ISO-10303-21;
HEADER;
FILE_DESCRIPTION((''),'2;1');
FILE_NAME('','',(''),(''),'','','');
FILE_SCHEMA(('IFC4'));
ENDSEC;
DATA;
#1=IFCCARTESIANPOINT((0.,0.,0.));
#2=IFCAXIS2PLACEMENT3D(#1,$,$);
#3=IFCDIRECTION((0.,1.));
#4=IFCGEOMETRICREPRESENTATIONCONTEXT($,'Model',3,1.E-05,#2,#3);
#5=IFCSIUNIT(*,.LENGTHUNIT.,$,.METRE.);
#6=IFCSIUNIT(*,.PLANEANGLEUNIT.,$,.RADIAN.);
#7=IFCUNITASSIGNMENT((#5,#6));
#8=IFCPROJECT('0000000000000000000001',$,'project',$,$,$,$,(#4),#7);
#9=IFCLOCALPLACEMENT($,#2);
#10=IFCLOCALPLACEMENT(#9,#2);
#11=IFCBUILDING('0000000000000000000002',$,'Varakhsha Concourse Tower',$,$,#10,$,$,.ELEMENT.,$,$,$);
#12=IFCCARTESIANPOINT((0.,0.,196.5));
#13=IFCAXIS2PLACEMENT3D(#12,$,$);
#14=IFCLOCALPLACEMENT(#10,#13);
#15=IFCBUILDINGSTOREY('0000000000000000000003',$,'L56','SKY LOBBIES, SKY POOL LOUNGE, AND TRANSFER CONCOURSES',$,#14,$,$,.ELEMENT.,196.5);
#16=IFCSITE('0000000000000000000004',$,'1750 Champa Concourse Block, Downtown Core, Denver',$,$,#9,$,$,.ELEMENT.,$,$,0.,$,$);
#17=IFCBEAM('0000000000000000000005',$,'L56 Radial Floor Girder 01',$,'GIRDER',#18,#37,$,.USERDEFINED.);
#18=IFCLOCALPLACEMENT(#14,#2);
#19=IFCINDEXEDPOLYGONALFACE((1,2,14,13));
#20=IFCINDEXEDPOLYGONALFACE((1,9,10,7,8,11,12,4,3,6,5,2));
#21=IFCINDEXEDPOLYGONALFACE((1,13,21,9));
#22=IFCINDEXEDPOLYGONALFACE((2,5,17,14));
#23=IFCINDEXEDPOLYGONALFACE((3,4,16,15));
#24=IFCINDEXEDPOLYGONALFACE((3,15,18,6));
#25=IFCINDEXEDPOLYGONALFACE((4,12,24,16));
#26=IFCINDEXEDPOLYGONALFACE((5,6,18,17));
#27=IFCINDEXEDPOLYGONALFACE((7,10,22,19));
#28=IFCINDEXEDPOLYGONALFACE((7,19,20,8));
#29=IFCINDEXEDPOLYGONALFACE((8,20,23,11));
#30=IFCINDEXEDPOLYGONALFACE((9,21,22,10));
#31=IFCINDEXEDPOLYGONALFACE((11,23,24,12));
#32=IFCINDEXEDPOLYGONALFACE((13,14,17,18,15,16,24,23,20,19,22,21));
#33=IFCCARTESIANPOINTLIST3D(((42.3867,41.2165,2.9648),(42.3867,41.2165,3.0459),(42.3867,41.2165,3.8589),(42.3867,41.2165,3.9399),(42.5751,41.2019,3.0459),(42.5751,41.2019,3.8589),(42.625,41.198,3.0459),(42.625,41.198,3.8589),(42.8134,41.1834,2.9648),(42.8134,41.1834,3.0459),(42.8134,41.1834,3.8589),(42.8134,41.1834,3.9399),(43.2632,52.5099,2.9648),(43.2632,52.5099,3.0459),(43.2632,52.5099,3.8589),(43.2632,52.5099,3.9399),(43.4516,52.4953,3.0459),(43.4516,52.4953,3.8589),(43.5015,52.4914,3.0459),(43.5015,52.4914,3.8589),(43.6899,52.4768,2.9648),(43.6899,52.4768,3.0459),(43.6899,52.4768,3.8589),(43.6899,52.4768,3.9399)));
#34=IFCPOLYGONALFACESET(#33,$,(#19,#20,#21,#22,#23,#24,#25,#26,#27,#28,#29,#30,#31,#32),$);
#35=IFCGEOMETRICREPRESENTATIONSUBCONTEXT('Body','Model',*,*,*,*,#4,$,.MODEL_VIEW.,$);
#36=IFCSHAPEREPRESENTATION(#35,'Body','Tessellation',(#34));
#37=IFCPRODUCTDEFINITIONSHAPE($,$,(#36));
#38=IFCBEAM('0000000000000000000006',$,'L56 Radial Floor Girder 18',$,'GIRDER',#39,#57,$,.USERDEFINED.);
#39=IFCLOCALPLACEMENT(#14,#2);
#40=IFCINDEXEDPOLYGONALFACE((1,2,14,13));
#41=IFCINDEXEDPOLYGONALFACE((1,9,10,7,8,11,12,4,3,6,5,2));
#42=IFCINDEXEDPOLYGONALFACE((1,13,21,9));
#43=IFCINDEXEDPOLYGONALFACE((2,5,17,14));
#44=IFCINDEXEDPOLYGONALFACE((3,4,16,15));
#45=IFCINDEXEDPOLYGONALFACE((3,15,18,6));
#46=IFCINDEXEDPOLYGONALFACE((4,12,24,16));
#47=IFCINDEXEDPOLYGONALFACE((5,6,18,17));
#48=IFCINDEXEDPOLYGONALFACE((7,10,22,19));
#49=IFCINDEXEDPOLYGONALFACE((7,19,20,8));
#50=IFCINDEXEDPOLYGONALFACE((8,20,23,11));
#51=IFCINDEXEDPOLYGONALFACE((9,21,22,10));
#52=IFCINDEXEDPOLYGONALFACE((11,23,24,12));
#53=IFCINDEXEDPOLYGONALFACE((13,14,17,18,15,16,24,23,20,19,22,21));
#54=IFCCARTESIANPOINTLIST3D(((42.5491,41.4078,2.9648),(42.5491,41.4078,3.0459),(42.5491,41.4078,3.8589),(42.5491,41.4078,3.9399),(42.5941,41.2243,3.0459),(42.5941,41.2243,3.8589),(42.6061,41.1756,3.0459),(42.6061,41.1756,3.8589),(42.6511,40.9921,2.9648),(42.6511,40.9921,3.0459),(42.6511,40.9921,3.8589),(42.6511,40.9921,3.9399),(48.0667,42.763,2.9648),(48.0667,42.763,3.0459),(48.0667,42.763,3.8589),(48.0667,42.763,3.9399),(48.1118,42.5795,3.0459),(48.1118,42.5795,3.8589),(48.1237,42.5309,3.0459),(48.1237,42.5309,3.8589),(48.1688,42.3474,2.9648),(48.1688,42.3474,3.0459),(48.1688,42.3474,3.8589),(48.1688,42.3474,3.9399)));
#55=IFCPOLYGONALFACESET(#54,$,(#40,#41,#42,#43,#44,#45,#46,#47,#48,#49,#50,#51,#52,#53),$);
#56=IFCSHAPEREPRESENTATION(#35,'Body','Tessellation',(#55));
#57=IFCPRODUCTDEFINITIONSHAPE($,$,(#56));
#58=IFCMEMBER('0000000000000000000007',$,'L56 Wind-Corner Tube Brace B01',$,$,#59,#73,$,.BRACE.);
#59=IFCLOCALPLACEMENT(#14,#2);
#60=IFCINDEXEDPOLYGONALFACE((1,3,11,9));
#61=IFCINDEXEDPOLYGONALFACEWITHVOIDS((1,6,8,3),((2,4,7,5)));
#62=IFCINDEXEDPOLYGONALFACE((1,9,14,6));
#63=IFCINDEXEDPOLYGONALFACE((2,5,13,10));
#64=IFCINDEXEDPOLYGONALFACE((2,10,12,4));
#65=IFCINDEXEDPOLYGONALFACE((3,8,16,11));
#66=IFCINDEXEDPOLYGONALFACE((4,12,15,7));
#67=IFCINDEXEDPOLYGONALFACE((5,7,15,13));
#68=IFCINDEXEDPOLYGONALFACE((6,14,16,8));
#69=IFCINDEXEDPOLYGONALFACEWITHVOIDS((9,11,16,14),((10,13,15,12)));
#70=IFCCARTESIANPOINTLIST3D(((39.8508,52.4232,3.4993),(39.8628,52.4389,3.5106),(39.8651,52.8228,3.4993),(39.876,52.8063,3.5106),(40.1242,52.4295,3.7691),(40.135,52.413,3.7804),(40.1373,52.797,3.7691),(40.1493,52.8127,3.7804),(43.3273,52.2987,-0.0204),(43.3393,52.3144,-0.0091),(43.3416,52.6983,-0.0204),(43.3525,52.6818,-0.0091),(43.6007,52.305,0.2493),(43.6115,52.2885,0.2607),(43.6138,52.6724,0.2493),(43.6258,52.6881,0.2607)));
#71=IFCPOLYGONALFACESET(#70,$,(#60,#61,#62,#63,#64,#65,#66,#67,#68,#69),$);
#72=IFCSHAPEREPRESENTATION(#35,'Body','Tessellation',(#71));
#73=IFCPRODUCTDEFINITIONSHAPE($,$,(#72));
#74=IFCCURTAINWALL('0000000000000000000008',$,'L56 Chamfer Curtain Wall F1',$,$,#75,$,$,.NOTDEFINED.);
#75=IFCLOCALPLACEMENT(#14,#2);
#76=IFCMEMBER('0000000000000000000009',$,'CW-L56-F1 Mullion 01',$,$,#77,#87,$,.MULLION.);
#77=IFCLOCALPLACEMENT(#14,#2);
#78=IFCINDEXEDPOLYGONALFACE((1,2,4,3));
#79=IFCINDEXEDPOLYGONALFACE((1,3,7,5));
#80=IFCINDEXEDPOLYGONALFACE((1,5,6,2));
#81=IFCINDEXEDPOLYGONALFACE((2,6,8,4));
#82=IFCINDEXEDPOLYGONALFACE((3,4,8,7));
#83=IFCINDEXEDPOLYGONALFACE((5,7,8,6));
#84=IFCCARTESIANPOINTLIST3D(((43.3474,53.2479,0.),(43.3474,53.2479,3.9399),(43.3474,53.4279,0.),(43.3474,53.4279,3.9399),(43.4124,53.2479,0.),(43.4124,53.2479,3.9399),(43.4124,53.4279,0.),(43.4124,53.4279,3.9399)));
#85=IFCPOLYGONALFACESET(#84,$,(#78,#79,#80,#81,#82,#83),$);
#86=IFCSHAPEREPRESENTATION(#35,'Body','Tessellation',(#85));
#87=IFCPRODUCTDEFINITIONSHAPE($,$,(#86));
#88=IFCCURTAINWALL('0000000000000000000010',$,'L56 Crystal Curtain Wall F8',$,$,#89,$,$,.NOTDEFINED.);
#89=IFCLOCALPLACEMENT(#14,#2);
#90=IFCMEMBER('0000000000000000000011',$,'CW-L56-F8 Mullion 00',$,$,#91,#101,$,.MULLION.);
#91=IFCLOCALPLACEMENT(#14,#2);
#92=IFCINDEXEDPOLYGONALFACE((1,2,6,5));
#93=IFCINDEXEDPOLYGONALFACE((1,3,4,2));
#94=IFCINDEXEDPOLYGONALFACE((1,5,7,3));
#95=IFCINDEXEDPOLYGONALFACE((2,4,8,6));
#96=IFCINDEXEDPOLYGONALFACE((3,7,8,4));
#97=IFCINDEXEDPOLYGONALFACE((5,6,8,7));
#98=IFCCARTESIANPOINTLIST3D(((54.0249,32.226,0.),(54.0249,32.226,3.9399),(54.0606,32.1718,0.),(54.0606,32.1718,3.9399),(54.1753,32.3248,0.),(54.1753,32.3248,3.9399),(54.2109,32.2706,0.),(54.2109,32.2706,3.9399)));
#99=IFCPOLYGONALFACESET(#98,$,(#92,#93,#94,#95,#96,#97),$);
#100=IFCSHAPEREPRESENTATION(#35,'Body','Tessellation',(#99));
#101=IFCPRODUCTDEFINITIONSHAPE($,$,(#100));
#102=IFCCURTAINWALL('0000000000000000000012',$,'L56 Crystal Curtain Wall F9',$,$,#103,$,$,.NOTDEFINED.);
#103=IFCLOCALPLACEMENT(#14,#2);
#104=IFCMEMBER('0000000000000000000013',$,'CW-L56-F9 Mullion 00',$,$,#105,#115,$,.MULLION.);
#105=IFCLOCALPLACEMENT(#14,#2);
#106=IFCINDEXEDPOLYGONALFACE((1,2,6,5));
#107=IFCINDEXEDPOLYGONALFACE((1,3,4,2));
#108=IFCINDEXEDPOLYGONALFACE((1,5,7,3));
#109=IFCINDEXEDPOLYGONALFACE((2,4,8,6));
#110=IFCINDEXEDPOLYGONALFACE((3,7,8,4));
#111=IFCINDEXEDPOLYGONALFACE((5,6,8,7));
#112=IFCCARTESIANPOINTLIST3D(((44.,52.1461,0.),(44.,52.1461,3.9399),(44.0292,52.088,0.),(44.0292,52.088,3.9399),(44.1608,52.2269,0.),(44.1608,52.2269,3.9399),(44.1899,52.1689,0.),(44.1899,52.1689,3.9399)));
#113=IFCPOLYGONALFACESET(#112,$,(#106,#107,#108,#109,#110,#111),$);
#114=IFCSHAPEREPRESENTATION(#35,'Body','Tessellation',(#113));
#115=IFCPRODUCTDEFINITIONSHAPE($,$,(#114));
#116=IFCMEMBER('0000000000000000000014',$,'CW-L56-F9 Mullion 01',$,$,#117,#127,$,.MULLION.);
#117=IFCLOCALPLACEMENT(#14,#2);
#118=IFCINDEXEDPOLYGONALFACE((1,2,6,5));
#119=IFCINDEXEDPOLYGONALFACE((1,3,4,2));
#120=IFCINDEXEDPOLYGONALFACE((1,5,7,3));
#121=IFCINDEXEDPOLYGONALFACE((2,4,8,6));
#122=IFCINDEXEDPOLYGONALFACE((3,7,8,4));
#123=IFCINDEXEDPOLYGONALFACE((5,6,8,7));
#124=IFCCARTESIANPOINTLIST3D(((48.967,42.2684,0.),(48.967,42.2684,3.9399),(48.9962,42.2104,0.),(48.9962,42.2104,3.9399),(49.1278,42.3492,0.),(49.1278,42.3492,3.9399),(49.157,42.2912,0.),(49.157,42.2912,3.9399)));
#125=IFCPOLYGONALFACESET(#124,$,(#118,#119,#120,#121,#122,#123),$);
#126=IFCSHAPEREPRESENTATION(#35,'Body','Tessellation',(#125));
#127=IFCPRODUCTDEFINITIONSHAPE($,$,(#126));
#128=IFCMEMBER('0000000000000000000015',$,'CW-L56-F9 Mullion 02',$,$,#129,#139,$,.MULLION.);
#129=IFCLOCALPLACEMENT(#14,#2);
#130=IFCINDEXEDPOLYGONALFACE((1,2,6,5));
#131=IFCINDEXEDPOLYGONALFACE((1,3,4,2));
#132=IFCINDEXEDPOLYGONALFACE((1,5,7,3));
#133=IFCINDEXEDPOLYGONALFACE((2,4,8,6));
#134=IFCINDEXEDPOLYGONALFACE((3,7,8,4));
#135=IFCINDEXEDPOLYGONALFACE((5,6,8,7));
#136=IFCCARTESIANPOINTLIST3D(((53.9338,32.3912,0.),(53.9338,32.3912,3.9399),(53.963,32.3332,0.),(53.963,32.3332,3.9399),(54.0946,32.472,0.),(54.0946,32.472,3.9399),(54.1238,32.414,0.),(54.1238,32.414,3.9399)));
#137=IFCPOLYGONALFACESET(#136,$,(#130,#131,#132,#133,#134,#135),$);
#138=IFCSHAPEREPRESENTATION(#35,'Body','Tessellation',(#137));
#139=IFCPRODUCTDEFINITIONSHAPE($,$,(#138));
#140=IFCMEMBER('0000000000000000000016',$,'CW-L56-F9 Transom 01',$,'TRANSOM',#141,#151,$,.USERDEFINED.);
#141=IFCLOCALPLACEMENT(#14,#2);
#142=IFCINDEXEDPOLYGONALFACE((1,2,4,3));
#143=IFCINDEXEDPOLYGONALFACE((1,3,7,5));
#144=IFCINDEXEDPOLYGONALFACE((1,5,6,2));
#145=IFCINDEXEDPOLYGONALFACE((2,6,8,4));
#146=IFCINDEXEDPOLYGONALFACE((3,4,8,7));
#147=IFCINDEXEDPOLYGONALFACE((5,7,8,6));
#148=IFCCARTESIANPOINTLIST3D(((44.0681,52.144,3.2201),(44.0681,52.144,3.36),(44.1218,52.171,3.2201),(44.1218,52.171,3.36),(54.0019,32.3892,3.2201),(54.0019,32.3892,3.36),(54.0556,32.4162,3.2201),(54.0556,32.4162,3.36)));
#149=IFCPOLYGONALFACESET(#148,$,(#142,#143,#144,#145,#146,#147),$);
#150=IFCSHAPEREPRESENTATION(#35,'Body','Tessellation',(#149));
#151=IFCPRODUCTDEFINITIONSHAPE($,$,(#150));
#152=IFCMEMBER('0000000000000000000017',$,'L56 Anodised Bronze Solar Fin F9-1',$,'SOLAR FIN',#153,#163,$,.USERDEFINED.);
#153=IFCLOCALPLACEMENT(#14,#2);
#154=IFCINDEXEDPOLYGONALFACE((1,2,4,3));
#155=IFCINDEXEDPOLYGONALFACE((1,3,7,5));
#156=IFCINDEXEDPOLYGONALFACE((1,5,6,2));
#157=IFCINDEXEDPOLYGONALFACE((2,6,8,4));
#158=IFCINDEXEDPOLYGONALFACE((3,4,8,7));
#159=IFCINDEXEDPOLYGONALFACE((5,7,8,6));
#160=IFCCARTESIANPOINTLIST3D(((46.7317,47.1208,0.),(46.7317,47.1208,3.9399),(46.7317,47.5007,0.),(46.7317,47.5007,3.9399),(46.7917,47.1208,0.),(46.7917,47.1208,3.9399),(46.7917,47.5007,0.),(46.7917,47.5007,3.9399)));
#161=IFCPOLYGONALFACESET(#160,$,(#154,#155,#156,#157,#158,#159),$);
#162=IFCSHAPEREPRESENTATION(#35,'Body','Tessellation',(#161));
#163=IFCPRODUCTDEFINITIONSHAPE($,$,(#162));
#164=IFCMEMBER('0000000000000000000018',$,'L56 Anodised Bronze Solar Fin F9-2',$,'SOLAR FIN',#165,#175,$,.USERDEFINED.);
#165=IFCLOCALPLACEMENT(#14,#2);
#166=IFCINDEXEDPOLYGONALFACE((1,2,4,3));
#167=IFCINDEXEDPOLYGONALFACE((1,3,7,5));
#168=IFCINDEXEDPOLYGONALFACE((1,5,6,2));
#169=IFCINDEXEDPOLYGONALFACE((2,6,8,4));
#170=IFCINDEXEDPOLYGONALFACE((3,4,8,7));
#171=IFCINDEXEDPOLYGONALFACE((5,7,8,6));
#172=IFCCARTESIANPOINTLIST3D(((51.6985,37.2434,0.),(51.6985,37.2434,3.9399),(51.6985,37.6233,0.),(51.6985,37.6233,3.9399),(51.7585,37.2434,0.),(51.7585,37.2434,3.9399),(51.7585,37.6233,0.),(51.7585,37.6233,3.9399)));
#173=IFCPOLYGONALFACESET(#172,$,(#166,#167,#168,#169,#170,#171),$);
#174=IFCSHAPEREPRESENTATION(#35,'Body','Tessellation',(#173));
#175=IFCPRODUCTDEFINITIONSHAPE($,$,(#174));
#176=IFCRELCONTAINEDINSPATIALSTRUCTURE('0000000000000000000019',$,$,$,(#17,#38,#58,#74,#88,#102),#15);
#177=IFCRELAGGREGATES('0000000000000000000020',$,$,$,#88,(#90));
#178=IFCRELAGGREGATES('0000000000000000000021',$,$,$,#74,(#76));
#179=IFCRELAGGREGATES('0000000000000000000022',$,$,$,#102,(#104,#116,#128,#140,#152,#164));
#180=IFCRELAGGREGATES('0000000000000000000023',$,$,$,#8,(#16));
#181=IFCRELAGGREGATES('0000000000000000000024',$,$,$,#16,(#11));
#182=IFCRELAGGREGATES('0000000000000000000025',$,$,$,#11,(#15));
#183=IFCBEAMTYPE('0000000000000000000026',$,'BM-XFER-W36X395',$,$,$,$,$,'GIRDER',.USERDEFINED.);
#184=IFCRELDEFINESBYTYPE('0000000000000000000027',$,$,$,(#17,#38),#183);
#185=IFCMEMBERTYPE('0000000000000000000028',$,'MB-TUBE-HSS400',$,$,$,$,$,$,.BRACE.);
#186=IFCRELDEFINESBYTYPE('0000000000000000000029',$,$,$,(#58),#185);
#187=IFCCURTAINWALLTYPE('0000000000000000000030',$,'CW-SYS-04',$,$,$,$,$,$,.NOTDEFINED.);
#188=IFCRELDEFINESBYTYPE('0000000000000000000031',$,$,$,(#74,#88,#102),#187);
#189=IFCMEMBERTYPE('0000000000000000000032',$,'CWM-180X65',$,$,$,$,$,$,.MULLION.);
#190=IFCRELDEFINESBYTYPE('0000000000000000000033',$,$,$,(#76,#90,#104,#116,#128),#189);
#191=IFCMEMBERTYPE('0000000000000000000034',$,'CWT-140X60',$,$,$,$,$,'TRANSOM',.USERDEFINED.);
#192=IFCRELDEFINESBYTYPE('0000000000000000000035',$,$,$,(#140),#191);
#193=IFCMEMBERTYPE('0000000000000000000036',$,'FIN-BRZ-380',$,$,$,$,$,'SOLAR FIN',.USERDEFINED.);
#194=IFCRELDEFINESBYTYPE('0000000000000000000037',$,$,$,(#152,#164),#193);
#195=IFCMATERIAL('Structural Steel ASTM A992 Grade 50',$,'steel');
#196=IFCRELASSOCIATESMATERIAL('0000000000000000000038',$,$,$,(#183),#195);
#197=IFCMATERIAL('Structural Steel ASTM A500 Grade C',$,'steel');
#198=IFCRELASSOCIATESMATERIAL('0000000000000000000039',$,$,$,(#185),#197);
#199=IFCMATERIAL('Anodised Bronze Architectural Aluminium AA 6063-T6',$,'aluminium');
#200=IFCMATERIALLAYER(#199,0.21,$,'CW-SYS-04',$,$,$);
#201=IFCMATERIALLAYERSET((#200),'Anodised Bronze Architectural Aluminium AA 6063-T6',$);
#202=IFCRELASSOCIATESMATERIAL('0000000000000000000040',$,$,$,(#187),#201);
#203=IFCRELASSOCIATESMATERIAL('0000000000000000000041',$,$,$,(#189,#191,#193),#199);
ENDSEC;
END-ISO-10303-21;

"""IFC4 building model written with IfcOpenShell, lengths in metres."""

from ifc_helpers import new_model, si_unit, direction, frame, origin, origin_2d, place, context, subcontext, project, spatial, rectangle, hollow_rectangle, i_section, extrude, source, transform, mapped, material, layer, layer_set, material_profile, profile_set, type_object, type_shapes, element, aggregate, save


model = new_model("IFC4")

# Units and contexts
model_context = context("Model", 3, precision=1e-05, world=origin(), true_north=direction((0.0, 1.0)))
body_context = subcontext(model_context, "Body", "Model", "MODEL_VIEW")
ifc_project = project(units=[si_unit("LENGTHUNIT", "METRE"), si_unit("PLANEANGLEUNIT", "RADIAN")], contexts=[model_context])

# Site, building, storey
site_placement = place(None, origin())
site = spatial("IfcSite", under=ifc_project, at=site_placement, Name="1750 Champa Concourse Block, Downtown Core, Denver", CompositionType="ELEMENT", RefElevation=0.0)
building_placement = place(site_placement, origin())
building = spatial("IfcBuilding", under=site, at=building_placement, Name="Varakhsha Concourse Tower", CompositionType="ELEMENT")
storey_placement = place(building_placement, frame((0.0, 0.0, 196.5)))
storey = spatial("IfcBuildingStorey", under=building, at=storey_placement, Name="L56", Description="SKY LOBBIES, SKY POOL LOUNGE, AND TRANSFER CONCOURSES", CompositionType="ELEMENT", Elevation=196.5)

# Shared definitions
ifc_material_1 = material(Name="Structural Steel ASTM A992 Grade 50", Category="steel")

# Beams
ifc_material_profile_1 = material_profile(ifc_material_1, i_section(OverallWidth=0.428, OverallDepth=0.9751, WebThickness=0.05, FlangeThickness=0.0811, at=origin_2d()), Name="W36X395")
ifc_profile_set_1 = profile_set([ifc_material_profile_1], Name="Structural Steel ASTM A992 Grade 50")
beam_type_1 = type_object("IfcBeamType", Name="BM-XFER-W36X395", ElementType="GIRDER", PredefinedType="USERDEFINED", material=ifc_profile_set_1)
beam_1_placement = place(storey_placement, frame((42.6001, 41.2, 3.4524), z_axis=(0.077376, 0.997002, 0.0), x_axis=(-0.997002, 0.077376, 0.0)))
element("IfcBeam", 1, at=beam_1_placement, inside=storey, type_object=beam_type_1, Name="L56 Radial Floor Girder 01", ObjectType="GIRDER", PredefinedType="USERDEFINED", context=body_context, shape_type="SweptSolid", body=[
    extrude(i_section(OverallWidth=0.428, OverallDepth=0.9751, WebThickness=0.05, FlangeThickness=0.0811, at=origin_2d()), origin(), (0.0, 0.0, 1.0), 11.3274),
])
beam_2_placement = place(storey_placement, frame((42.6001, 41.2, 3.4524), z_axis=(0.971135, 0.23853, 0.0), x_axis=(-0.23853, 0.971135, 0.0)))
element("IfcBeam", 2, at=beam_2_placement, inside=storey, type_object=beam_type_1, Name="L56 Radial Floor Girder 18", ObjectType="GIRDER", PredefinedType="USERDEFINED", context=body_context, shape_type="SweptSolid", body=[
    extrude(i_section(OverallWidth=0.428, OverallDepth=0.9751, WebThickness=0.05, FlangeThickness=0.0811, at=origin_2d()), origin(), (0.0, 0.0, 1.0), 5.6816),
])

# Member
ifc_material_2 = material(Name="Structural Steel ASTM A500 Grade C", Category="steel")
ifc_material_profile_2 = material_profile(ifc_material_2, hollow_rectangle(XDim=0.3999, YDim=0.3999, WallThickness=0.0161, at=origin_2d()), Name="HSS 400x400x16")
ifc_profile_set_2 = profile_set([ifc_material_profile_2], Name="Structural Steel ASTM A500 Grade C")
member_type_1 = type_object("IfcMemberType", Name="MB-TUBE-HSS400", PredefinedType="BRACE", material=ifc_profile_set_2)
shared_shape_1 = source(origin(), body_context, "Body", "SweptSolid", [
    extrude(hollow_rectangle(XDim=0.3999, YDim=0.3999, WallThickness=0.0161, at=origin_2d()), origin(), (0.0, 0.0, 1.0), 4.9487),
])
type_shapes(member_type_1, [shared_shape_1])
member_1_placement = place(storey_placement, frame((43.4766, 52.4934, 0.1201), z_axis=(-0.702503, 0.02516, 0.711235), x_axis=(-0.035792, -0.999359, 0.0)))
element("IfcMember", 3, at=member_1_placement, inside=storey, type_object=member_type_1, Name="L56 Wind-Corner Tube Brace B01", PredefinedType="BRACE", context=body_context, shape_type="MappedRepresentation", body=[
    mapped(shared_shape_1, transform((0.0, 0.0, 0.0), scale=1.0)),
])

# Curtain walls, members
ifc_material_3 = material(Name="Anodised Bronze Architectural Aluminium AA 6063-T6", Category="aluminium")
ifc_layer_1 = layer(ifc_material_3, 0.21, Name="CW-SYS-04")
ifc_layer_set_1 = layer_set([ifc_layer_1], Name="Anodised Bronze Architectural Aluminium AA 6063-T6")
curtain_wall_type = type_object("IfcCurtainWallType", Name="CW-SYS-04", PredefinedType="NOTDEFINED", material=ifc_layer_set_1)
curtain_wall_1_placement = place(storey_placement, origin())
curtain_wall_1 = element("IfcCurtainWall", 4, at=curtain_wall_1_placement, inside=storey, type_object=curtain_wall_type, Name="L56 Chamfer Curtain Wall F1", PredefinedType="NOTDEFINED")
ifc_material_profile_3 = material_profile(ifc_material_3, rectangle(XDim=0.0649, YDim=0.1799, at=origin_2d()), Name="CWM-180X65")
ifc_profile_set_3 = profile_set([ifc_material_profile_3], Name="Anodised Bronze Architectural Aluminium AA 6063-T6")
member_type_2 = type_object("IfcMemberType", Name="CWM-180X65", PredefinedType="MULLION", material=ifc_profile_set_3)
shared_shape_2 = source(origin(), body_context, "Body", "SweptSolid", [
    extrude(rectangle(XDim=0.0649, YDim=0.1799, at=origin_2d()), origin(), (0.0, 0.0, 1.0), 3.9399),
])
type_shapes(member_type_2, [shared_shape_2])
member_2_placement = place(storey_placement, frame((43.3799, 53.3379, 0.0), z_axis=(0.0, 0.0, 1.0), x_axis=(1.0, 0.0, 0.0)))
member_2 = element("IfcMember", 5, at=member_2_placement, type_object=member_type_2, Name="CW-L56-F1 Mullion 01", PredefinedType="MULLION", context=body_context, shape_type="MappedRepresentation", body=[
    mapped(shared_shape_2, transform((0.0, 0.0, 0.0), scale=1.0)),
])
curtain_wall_2_placement = place(storey_placement, origin())
curtain_wall_2 = element("IfcCurtainWall", 6, at=curtain_wall_2_placement, inside=storey, type_object=curtain_wall_type, Name="L56 Crystal Curtain Wall F8", PredefinedType="NOTDEFINED")
member_3_placement = place(storey_placement, frame((54.1179, 32.2483, 0.0), z_axis=(0.0, 0.0, 1.0), x_axis=(0.54908, -0.83577, 0.0)))
member_3 = element("IfcMember", 7, at=member_3_placement, type_object=member_type_2, Name="CW-L56-F8 Mullion 00", PredefinedType="MULLION", context=body_context, shape_type="MappedRepresentation", body=[
    mapped(shared_shape_2, transform((0.0, 0.0, 0.0), scale=1.0)),
])

# Curtain wall, members
curtain_wall_3_placement = place(storey_placement, origin())
curtain_wall_3 = element("IfcCurtainWall", 8, at=curtain_wall_3_placement, inside=storey, type_object=curtain_wall_type, Name="L56 Crystal Curtain Wall F9", PredefinedType="NOTDEFINED")
member_4_placement = place(storey_placement, frame((44.095, 52.1575, 0.0), z_axis=(0.0, 0.0, 1.0), x_axis=(0.449255, -0.893404, 0.0)))
member_4 = element("IfcMember", 9, at=member_4_placement, type_object=member_type_2, Name="CW-L56-F9 Mullion 00", PredefinedType="MULLION", context=body_context, shape_type="MappedRepresentation", body=[
    mapped(shared_shape_2, transform((0.0, 0.0, 0.0), scale=1.0)),
])
member_5_placement = place(storey_placement, frame((49.062, 42.2798, 0.0), z_axis=(0.0, 0.0, 1.0), x_axis=(0.449255, -0.893404, 0.0)))
member_5 = element("IfcMember", 10, at=member_5_placement, type_object=member_type_2, Name="CW-L56-F9 Mullion 01", PredefinedType="MULLION", context=body_context, shape_type="MappedRepresentation", body=[
    mapped(shared_shape_2, transform((0.0, 0.0, 0.0), scale=1.0)),
])
member_6_placement = place(storey_placement, frame((54.0288, 32.4026, 0.0), z_axis=(0.0, 0.0, 1.0), x_axis=(0.449255, -0.893404, 0.0)))
member_6 = element("IfcMember", 11, at=member_6_placement, type_object=member_type_2, Name="CW-L56-F9 Mullion 02", PredefinedType="MULLION", context=body_context, shape_type="MappedRepresentation", body=[
    mapped(shared_shape_2, transform((0.0, 0.0, 0.0), scale=1.0)),
])
ifc_material_profile_4 = material_profile(ifc_material_3, rectangle(XDim=0.0601, YDim=0.1399, at=origin_2d()), Name="CWT-140X60")
ifc_profile_set_4 = profile_set([ifc_material_profile_4], Name="Anodised Bronze Architectural Aluminium AA 6063-T6")
member_type_3 = type_object("IfcMemberType", Name="CWT-140X60", ElementType="TRANSOM", PredefinedType="USERDEFINED", material=ifc_profile_set_4)
shared_shape_3 = source(origin(), body_context, "Body", "SweptSolid", [
    extrude(rectangle(XDim=0.0601, YDim=0.1399, at=origin_2d()), origin(), (0.0, 0.0, 1.0), 22.1118),
])
member_7_placement = place(storey_placement, frame((44.095, 52.1575, 3.29), z_axis=(0.449253, -0.893405, 0.0), x_axis=(0.893405, 0.449253, 0.0)))
member_7 = element("IfcMember", 12, at=member_7_placement, type_object=member_type_3, Name="CW-L56-F9 Transom 01", ObjectType="TRANSOM", PredefinedType="USERDEFINED", context=body_context, shape_type="MappedRepresentation", body=[
    mapped(shared_shape_3, transform((0.0, 0.0, 0.0), scale=1.0)),
])
ifc_material_profile_5 = material_profile(ifc_material_3, rectangle(XDim=0.0601, YDim=0.3799, at=origin_2d()), Name="FIN-BRZ-380")
ifc_profile_set_5 = profile_set([ifc_material_profile_5], Name="Anodised Bronze Architectural Aluminium AA 6063-T6")
member_type_4 = type_object("IfcMemberType", Name="FIN-BRZ-380", ElementType="SOLAR FIN", PredefinedType="USERDEFINED", material=ifc_profile_set_5)
shared_shape_4 = source(origin(), body_context, "Body", "SweptSolid", [
    extrude(rectangle(XDim=0.0601, YDim=0.3799, at=origin_2d()), origin(), (0.0, 0.0, 1.0), 3.9399),
])
type_shapes(member_type_4, [shared_shape_4])
member_8_placement = place(storey_placement, frame((46.7617, 47.3108, 0.0), z_axis=(0.0, 0.0, 1.0), x_axis=(1.0, 0.0, 0.0)))
member_8 = element("IfcMember", 13, at=member_8_placement, type_object=member_type_4, Name="L56 Anodised Bronze Solar Fin F9-1", ObjectType="SOLAR FIN", PredefinedType="USERDEFINED", context=body_context, shape_type="MappedRepresentation", body=[
    mapped(shared_shape_4, transform((0.0, 0.0, 0.0), scale=1.0)),
])
member_9_placement = place(storey_placement, frame((51.7285, 37.4333, 0.0), z_axis=(0.0, 0.0, 1.0), x_axis=(1.0, 0.0, 0.0)))
member_9 = element("IfcMember", 14, at=member_9_placement, type_object=member_type_4, Name="L56 Anodised Bronze Solar Fin F9-2", ObjectType="SOLAR FIN", PredefinedType="USERDEFINED", context=body_context, shape_type="MappedRepresentation", body=[
    mapped(shared_shape_4, transform((0.0, 0.0, 0.0), scale=1.0)),
])

aggregate(curtain_wall_2, [member_3])

aggregate(curtain_wall_1, [member_2])
aggregate(curtain_wall_3, [member_4, member_5, member_6, member_7, member_8, member_9])

save(model, "model.ifc")
